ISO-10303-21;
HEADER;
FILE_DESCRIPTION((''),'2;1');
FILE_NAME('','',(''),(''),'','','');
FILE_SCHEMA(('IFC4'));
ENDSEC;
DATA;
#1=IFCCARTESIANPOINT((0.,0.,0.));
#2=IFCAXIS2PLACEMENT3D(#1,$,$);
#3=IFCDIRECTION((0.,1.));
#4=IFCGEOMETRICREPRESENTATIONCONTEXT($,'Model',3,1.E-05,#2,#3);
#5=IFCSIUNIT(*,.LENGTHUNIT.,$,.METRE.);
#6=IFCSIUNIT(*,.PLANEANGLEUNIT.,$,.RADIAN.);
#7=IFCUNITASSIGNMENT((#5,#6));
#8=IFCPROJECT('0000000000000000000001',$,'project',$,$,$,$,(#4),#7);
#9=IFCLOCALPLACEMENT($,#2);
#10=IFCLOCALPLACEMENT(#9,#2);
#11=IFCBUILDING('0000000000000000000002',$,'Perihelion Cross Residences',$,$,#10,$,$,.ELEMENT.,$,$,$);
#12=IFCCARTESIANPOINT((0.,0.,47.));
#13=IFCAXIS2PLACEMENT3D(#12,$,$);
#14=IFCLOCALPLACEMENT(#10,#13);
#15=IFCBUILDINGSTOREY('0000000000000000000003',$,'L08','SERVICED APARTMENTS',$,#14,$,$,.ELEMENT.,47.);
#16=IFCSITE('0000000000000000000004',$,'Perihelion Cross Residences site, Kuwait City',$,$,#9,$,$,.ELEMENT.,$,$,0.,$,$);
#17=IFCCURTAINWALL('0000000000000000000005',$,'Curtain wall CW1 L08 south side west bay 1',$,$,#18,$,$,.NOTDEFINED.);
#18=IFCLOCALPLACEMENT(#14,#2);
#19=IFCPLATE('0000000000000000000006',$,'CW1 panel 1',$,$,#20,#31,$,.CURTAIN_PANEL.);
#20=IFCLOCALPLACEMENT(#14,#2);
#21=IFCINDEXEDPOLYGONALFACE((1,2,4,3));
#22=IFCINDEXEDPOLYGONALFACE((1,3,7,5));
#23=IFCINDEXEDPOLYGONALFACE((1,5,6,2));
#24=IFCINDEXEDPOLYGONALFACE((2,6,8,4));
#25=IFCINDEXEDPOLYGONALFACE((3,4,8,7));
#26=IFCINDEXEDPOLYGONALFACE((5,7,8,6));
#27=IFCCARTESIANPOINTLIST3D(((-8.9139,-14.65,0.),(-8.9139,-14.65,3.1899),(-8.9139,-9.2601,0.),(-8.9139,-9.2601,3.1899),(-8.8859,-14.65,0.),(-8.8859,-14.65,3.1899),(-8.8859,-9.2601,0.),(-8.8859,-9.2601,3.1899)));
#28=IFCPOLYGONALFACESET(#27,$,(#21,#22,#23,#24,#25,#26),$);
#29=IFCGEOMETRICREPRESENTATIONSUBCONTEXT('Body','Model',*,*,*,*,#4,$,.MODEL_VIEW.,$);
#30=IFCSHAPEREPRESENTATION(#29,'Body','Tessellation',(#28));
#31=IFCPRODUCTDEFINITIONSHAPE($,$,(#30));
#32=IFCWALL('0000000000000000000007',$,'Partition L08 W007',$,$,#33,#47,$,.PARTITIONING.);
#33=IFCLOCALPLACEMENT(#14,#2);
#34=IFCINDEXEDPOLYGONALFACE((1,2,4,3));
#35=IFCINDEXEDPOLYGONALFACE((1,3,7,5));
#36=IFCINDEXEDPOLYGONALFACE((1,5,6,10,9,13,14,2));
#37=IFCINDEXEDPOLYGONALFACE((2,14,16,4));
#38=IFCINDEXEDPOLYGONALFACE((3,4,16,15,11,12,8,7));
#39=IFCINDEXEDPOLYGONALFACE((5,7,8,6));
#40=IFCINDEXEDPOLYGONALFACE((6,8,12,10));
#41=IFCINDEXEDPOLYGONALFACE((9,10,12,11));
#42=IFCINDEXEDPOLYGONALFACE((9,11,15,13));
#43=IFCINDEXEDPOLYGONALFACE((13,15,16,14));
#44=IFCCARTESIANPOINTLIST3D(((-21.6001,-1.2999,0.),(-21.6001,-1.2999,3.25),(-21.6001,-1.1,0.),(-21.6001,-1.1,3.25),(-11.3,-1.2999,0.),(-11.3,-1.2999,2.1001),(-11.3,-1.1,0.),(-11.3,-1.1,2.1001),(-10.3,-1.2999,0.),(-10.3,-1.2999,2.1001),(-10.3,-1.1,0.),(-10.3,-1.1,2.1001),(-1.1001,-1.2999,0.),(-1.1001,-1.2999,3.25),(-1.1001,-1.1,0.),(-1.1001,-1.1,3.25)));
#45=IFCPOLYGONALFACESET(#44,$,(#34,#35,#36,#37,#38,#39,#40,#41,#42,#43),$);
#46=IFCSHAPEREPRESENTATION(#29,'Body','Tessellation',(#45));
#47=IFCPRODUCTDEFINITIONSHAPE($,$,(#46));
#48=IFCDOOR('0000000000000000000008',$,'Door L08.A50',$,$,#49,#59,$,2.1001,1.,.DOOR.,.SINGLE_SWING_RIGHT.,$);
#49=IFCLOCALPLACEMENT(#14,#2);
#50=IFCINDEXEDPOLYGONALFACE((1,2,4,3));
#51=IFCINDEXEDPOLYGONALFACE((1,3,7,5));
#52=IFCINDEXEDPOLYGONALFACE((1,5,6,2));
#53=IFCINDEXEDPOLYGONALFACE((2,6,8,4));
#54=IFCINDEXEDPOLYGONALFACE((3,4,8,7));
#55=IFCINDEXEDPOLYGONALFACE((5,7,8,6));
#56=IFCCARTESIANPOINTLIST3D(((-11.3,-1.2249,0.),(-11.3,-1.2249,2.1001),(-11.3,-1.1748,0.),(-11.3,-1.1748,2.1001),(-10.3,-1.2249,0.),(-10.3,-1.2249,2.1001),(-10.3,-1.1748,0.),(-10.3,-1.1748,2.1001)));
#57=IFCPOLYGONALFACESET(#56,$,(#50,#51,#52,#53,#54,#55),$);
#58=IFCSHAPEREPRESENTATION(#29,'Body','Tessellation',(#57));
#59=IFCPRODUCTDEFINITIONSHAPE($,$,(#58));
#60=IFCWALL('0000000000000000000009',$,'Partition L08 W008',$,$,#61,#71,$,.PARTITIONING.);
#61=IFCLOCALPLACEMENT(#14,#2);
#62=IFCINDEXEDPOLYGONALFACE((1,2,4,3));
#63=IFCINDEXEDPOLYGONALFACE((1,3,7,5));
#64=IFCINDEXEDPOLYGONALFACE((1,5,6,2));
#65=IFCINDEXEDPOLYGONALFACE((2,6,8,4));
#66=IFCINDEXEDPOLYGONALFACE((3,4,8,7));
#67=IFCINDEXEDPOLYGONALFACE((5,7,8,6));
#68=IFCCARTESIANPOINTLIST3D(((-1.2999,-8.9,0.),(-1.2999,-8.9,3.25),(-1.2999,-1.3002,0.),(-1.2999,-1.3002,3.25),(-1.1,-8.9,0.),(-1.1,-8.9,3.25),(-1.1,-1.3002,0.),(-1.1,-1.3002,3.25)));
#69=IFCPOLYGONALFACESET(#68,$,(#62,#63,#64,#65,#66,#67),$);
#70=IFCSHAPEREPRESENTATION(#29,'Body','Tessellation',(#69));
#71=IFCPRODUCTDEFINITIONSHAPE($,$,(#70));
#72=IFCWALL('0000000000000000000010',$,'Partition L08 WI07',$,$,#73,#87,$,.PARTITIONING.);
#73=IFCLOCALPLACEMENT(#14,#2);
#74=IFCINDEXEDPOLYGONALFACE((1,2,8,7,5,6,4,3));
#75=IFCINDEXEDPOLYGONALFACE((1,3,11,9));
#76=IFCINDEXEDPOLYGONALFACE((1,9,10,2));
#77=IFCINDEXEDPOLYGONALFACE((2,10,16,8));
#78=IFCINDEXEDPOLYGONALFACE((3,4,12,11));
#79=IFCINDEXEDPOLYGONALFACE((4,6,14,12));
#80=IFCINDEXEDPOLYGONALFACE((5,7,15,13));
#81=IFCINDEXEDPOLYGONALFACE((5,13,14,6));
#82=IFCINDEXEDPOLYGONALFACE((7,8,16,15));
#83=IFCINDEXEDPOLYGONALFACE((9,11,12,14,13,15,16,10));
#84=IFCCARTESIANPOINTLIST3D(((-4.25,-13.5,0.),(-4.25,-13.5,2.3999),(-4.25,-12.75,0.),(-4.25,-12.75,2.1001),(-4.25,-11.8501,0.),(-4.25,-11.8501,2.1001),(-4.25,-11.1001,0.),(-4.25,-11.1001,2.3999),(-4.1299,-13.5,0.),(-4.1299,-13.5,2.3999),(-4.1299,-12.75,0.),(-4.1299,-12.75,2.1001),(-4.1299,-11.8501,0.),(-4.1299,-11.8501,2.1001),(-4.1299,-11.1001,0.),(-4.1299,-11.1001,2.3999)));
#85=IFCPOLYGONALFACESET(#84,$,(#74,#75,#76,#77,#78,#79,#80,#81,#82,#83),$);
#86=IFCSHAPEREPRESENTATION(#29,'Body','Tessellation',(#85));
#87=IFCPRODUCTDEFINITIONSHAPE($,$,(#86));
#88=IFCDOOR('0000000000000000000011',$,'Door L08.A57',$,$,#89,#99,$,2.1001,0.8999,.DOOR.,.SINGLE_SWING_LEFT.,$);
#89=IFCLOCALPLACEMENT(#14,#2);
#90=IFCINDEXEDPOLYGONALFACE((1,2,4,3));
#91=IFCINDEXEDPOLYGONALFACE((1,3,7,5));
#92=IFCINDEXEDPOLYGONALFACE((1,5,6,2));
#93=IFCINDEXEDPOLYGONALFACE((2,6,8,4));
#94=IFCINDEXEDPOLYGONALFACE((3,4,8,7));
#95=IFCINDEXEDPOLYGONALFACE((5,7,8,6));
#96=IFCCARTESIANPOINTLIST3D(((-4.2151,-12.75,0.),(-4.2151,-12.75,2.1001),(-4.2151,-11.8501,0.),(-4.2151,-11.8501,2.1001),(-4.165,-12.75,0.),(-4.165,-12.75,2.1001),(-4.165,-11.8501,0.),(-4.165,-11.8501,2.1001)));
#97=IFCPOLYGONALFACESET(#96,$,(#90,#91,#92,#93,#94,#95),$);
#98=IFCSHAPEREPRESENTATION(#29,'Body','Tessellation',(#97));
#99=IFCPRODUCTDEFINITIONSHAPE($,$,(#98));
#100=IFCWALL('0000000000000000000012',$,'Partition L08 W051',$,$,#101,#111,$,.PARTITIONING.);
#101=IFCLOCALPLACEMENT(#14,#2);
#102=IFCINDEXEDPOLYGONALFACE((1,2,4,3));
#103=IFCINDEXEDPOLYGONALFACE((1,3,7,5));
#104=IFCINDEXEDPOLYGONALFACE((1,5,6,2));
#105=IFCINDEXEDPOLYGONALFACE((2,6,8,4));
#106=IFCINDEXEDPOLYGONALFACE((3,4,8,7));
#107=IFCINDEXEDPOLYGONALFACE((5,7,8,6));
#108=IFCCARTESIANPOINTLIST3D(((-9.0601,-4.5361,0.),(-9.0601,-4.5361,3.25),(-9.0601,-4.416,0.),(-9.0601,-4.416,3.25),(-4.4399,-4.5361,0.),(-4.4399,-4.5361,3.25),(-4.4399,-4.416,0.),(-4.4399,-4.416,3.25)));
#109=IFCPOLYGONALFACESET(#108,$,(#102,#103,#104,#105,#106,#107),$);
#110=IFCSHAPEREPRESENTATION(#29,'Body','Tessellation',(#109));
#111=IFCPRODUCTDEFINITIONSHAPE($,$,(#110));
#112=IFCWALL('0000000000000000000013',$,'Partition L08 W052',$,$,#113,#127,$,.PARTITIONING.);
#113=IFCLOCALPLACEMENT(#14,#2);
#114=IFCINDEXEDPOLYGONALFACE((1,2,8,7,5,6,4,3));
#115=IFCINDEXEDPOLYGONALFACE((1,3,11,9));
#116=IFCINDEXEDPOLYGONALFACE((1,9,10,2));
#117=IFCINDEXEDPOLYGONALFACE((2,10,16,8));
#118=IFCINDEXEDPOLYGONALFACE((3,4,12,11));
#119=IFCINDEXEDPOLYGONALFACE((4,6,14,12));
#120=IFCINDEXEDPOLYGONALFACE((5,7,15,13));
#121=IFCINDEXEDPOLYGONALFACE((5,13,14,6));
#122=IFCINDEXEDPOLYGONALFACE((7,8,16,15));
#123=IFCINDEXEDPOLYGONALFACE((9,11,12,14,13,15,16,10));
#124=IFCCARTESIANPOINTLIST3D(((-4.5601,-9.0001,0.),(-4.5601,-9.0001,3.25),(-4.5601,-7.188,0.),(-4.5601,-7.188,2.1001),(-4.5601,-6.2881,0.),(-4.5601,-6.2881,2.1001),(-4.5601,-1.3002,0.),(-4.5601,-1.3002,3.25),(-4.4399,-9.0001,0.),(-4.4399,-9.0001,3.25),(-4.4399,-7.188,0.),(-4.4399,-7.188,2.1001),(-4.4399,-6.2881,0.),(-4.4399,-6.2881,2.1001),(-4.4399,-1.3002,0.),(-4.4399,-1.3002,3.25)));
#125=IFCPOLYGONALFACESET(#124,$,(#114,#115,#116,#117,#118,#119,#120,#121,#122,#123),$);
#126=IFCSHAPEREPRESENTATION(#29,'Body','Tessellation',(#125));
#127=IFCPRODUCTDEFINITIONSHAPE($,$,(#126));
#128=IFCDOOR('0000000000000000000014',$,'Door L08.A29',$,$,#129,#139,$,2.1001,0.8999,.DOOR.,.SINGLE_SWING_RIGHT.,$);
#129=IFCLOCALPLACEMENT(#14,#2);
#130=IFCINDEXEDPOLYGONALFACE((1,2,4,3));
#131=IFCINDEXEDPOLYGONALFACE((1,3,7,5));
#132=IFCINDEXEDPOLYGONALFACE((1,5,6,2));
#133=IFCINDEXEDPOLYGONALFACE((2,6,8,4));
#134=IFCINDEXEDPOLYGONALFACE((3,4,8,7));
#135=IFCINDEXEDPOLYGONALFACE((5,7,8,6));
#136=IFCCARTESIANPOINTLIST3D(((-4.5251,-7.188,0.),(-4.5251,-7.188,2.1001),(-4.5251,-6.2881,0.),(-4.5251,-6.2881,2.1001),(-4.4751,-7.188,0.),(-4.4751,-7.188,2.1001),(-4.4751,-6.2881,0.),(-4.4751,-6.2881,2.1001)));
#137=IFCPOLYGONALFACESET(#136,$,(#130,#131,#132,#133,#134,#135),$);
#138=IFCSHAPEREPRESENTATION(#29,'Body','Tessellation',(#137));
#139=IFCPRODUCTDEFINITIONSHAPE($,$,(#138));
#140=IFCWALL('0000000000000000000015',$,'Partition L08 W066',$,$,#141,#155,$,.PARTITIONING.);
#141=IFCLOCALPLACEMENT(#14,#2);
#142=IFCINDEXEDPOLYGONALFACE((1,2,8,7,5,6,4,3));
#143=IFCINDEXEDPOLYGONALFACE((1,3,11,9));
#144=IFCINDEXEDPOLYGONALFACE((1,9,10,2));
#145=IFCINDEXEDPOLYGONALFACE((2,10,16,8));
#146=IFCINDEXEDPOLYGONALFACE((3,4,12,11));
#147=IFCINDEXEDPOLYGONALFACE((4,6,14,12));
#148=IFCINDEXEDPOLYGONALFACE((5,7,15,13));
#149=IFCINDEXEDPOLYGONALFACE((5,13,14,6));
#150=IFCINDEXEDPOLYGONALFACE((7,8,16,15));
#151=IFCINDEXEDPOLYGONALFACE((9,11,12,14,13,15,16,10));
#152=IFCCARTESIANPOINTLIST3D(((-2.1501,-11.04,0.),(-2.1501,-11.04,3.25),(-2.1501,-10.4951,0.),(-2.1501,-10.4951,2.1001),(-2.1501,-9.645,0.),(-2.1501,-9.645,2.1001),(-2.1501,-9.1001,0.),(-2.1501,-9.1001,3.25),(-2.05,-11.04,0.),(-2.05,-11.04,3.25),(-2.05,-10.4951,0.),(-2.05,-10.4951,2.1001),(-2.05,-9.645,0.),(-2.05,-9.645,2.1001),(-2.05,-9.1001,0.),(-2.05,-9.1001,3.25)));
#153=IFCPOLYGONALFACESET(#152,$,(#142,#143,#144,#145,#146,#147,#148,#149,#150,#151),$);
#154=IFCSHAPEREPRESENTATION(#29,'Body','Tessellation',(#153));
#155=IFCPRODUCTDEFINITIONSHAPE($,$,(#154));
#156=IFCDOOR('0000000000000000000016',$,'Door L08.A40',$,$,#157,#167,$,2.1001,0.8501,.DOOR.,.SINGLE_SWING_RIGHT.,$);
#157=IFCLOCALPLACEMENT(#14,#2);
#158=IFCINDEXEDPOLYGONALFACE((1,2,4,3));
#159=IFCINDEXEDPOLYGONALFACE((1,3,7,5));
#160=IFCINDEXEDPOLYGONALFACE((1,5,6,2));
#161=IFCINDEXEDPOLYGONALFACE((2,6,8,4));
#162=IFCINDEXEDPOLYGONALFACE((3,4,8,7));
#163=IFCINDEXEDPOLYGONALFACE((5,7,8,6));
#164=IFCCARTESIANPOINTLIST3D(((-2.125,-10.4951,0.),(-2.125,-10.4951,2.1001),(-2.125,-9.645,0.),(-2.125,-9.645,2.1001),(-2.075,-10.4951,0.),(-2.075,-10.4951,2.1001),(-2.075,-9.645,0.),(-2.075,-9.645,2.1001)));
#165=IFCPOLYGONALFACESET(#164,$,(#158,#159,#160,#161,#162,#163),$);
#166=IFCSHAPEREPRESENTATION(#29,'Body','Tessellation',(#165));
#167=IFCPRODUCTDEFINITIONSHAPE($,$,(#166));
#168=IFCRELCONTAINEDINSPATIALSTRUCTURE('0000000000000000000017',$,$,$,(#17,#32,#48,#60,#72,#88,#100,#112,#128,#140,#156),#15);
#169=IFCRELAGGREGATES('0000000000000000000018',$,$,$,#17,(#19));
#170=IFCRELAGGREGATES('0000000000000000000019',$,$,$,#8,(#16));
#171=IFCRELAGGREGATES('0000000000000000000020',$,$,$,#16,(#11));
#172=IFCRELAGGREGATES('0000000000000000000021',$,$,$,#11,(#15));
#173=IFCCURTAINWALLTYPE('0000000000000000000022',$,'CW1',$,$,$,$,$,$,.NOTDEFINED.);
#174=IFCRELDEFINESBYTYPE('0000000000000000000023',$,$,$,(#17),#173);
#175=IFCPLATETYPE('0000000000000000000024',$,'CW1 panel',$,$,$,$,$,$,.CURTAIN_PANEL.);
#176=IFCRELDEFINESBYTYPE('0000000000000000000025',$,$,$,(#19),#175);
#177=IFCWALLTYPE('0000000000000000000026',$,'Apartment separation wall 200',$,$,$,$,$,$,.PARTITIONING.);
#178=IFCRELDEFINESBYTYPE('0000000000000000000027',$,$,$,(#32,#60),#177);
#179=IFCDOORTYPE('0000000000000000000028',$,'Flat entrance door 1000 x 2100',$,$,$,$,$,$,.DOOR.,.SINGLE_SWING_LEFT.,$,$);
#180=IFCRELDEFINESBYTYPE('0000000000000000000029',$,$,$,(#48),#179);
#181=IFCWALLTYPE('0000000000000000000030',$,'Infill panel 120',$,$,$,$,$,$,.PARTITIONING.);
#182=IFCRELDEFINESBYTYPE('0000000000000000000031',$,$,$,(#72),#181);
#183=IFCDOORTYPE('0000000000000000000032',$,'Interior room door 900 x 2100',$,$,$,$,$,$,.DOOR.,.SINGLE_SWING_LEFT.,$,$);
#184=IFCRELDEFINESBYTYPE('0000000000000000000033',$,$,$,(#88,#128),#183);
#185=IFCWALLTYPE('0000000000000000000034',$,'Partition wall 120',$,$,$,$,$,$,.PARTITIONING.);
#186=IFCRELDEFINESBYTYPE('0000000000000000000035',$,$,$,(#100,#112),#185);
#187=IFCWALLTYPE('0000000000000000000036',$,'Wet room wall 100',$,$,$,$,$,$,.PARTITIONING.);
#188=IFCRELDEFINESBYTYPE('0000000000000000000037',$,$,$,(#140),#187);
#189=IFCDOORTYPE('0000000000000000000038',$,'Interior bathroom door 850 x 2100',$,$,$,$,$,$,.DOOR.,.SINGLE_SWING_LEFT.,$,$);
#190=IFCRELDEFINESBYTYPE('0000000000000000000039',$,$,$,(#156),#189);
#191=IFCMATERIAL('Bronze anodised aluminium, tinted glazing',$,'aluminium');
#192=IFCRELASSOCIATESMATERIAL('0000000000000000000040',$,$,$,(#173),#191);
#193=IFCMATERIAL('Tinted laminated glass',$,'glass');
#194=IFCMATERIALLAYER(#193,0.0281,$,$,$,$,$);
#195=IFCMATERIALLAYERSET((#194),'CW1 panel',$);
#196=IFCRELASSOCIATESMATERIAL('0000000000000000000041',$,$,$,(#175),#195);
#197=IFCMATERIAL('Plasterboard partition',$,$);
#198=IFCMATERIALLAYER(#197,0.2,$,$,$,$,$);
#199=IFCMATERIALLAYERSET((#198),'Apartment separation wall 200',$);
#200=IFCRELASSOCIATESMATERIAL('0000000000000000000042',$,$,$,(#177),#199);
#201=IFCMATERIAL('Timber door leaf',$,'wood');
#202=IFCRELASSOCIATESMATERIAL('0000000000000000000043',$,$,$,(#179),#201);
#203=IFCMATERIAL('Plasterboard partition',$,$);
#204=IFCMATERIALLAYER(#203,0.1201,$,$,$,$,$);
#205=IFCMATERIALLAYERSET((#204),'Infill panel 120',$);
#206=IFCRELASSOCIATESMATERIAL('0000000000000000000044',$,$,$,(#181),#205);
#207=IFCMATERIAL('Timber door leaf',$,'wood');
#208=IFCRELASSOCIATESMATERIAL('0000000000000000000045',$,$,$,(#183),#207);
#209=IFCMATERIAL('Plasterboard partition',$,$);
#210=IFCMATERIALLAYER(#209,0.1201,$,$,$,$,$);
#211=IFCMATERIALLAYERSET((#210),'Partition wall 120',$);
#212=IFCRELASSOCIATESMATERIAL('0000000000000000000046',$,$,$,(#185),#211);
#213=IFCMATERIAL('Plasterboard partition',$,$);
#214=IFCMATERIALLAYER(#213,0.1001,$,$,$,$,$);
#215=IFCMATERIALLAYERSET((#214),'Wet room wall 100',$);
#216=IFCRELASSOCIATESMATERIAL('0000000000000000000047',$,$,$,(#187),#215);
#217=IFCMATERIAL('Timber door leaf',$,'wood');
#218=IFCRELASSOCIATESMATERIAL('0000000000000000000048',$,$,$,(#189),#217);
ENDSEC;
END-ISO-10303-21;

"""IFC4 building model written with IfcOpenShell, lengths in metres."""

from ifc_helpers import new_model, si_unit, direction, frame, frame_2d, origin, origin_2d, place, context, subcontext, project, spatial, rectangle, extrude, material, layer, layer_set, type_object, element, fill, aggregate, save


model = new_model("IFC4")

# Units and contexts
model_context = context("Model", 3, precision=1e-05, world=origin(), true_north=direction((0.0, 1.0)))
body_context = subcontext(model_context, "Body", "Model", "MODEL_VIEW")
ifc_project = project(units=[si_unit("LENGTHUNIT", "METRE"), si_unit("PLANEANGLEUNIT", "RADIAN")], contexts=[model_context])

# Site, building, storey
site_placement = place(None, origin())
site = spatial("IfcSite", under=ifc_project, at=site_placement, Name="Perihelion Cross Residences site, Kuwait City", CompositionType="ELEMENT", RefElevation=0.0)
building_placement = place(site_placement, origin())
building = spatial("IfcBuilding", under=site, at=building_placement, Name="Perihelion Cross Residences", CompositionType="ELEMENT")
storey_placement = place(building_placement, frame((0.0, 0.0, 47.0)))
storey = spatial("IfcBuildingStorey", under=building, at=storey_placement, Name="L08", Description="SERVICED APARTMENTS", CompositionType="ELEMENT", Elevation=47.0)

# Curtain wall
ifc_material_1 = material(Name="Bronze anodised aluminium, tinted glazing", Category="aluminium")
curtain_wall_type = type_object("IfcCurtainWallType", Name="CW1", PredefinedType="NOTDEFINED", material=ifc_material_1)
curtain_wall_placement = place(storey_placement, origin())
curtain_wall = element("IfcCurtainWall", 1, at=curtain_wall_placement, inside=storey, type_object=curtain_wall_type, Name="Curtain wall CW1 L08 south side west bay 1", PredefinedType="NOTDEFINED")

# Plate
ifc_material_2 = material(Name="Tinted laminated glass", Category="glass")
ifc_layer_1 = layer(ifc_material_2, 0.0281)
ifc_layer_set_1 = layer_set([ifc_layer_1], Name="CW1 panel")
plate_type = type_object("IfcPlateType", Name="CW1 panel", PredefinedType="CURTAIN_PANEL", material=ifc_layer_set_1)
plate_placement = place(storey_placement, frame((-8.8999, -11.9551, 0.0), z_axis=(0.0, 0.0, 1.0), x_axis=(0.0, -1.0, 0.0)))
plate = element("IfcPlate", 2, at=plate_placement, type_object=plate_type, Name="CW1 panel 1", PredefinedType="CURTAIN_PANEL", context=body_context, shape_type="SweptSolid", body=[
    extrude(rectangle(XDim=5.3899, YDim=0.0281, at=origin_2d()), origin(), (0.0, 0.0, 1.0), 3.1899),
])
aggregate(curtain_wall, [plate])

# Wall, opening, door
ifc_material_3 = material(Name="Plasterboard partition")
ifc_layer_2 = layer(ifc_material_3, 0.2)
ifc_layer_set_2 = layer_set([ifc_layer_2], Name="Apartment separation wall 200")
wall_type_1 = type_object("IfcWallType", Name="Apartment separation wall 200", PredefinedType="PARTITIONING", material=ifc_layer_set_2)
wall_1_placement = place(storey_placement, frame((-1.1001, -1.2, 0.0), z_axis=(0.0, 0.0, 1.0), x_axis=(-1.0, 0.0, 0.0)))
wall_1 = element("IfcWall", 3, at=wall_1_placement, inside=storey, type_object=wall_type_1, Name="Partition L08 W007", PredefinedType="PARTITIONING", context=body_context, shape_type="SweptSolid", body=[
    extrude(rectangle(XDim=20.5, YDim=0.2, at=frame_2d((10.25, 0.0))), origin(), (0.0, 0.0, 1.0), 3.25),
])
opening_1_placement = place(wall_1_placement, frame((9.2, 0.0, 0.0)))
opening_1 = element("IfcOpeningElement", 4, at=opening_1_placement, cuts=wall_1, PredefinedType="OPENING", context=body_context, shape_type="SweptSolid", body=[
    extrude(rectangle(XDim=1.0, YDim=2.1001, at=frame_2d((0.5, 1.05))), frame((0.0, 0.1099, 0.0), z_axis=(0.0, -1.0, 0.0), x_axis=(1.0, 0.0, 0.0)), (0.0, 0.0, 1.0), 0.22),
])
ifc_material_4 = material(Name="Timber door leaf", Category="wood")
door_type_1 = type_object("IfcDoorType", Name="Flat entrance door 1000 x 2100", OperationType="SINGLE_SWING_LEFT", PredefinedType="DOOR", material=ifc_material_4)
door_1_placement = place(opening_1_placement, origin())
door_1 = element("IfcDoor", 5, at=door_1_placement, inside=storey, type_object=door_type_1, Name="Door L08.A50", OperationType="SINGLE_SWING_RIGHT", OverallHeight=2.1001, OverallWidth=1.0, PredefinedType="DOOR", context=body_context, shape_type="SweptSolid", body=[
    extrude(rectangle(XDim=1.0, YDim=2.1001, at=frame_2d((0.5, 1.05))), frame((0.0, 0.0249, 0.0), z_axis=(0.0, -1.0, 0.0), x_axis=(1.0, 0.0, 0.0)), (0.0, 0.0, 1.0), 0.05),
])
fill(opening_1, door_1)

# Wall
wall_2_placement = place(storey_placement, frame((-1.2, -8.8999, 0.0), z_axis=(0.0, 0.0, 1.0), x_axis=(0.0, 1.0, 0.0)))
element("IfcWall", 6, at=wall_2_placement, inside=storey, type_object=wall_type_1, Name="Partition L08 W008", PredefinedType="PARTITIONING", context=body_context, shape_type="SweptSolid", body=[
    extrude(rectangle(XDim=7.5999, YDim=0.2, at=frame_2d((3.7998, 0.0))), origin(), (0.0, 0.0, 1.0), 3.25),
])

# Wall, opening, door
ifc_material_5 = material(Name="Plasterboard partition")
ifc_layer_3 = layer(ifc_material_5, 0.1201)
ifc_layer_set_3 = layer_set([ifc_layer_3], Name="Infill panel 120")
wall_type_2 = type_object("IfcWallType", Name="Infill panel 120", PredefinedType="PARTITIONING", material=ifc_layer_set_3)
wall_3_placement = place(storey_placement, frame((-4.1899, -11.1001, 0.0), z_axis=(0.0, 0.0, 1.0), x_axis=(0.0, -1.0, 0.0)))
wall_3 = element("IfcWall", 7, at=wall_3_placement, inside=storey, type_object=wall_type_2, Name="Partition L08 WI07", PredefinedType="PARTITIONING", context=body_context, shape_type="SweptSolid", body=[
    extrude(rectangle(XDim=2.3999, YDim=0.1201, at=frame_2d((1.2, 0.0))), origin(), (0.0, 0.0, 1.0), 2.3999),
])
opening_2_placement = place(wall_3_placement, frame((0.75, 0.0, 0.0)))
opening_2 = element("IfcOpeningElement", 8, at=opening_2_placement, cuts=wall_3, PredefinedType="OPENING", context=body_context, shape_type="SweptSolid", body=[
    extrude(rectangle(XDim=0.8999, YDim=2.1001, at=frame_2d((0.45, 1.05))), frame((0.0, 0.0701, 0.0), z_axis=(0.0, -1.0, 0.0), x_axis=(1.0, 0.0, 0.0)), (0.0, 0.0, 1.0), 0.1401),
])
ifc_material_6 = material(Name="Timber door leaf", Category="wood")
door_type_2 = type_object("IfcDoorType", Name="Interior room door 900 x 2100", OperationType="SINGLE_SWING_LEFT", PredefinedType="DOOR", material=ifc_material_6)
door_2_placement = place(opening_2_placement, origin())
door_2 = element("IfcDoor", 9, at=door_2_placement, inside=storey, type_object=door_type_2, Name="Door L08.A57", OperationType="SINGLE_SWING_LEFT", OverallHeight=2.1001, OverallWidth=0.8999, PredefinedType="DOOR", context=body_context, shape_type="SweptSolid", body=[
    extrude(rectangle(XDim=0.8999, YDim=2.1001, at=frame_2d((0.45, 1.05))), frame((0.0, 0.0249, 0.0), z_axis=(0.0, -1.0, 0.0), x_axis=(1.0, 0.0, 0.0)), (0.0, 0.0, 1.0), 0.05),
])
fill(opening_2, door_2)

# Wall
ifc_material_7 = material(Name="Plasterboard partition")
ifc_layer_4 = layer(ifc_material_7, 0.1201)
ifc_layer_set_4 = layer_set([ifc_layer_4], Name="Partition wall 120")
wall_type_3 = type_object("IfcWallType", Name="Partition wall 120", PredefinedType="PARTITIONING", material=ifc_layer_set_4)
wall_4_placement = place(storey_placement, frame((-4.4399, -4.4761, 0.0), z_axis=(0.0, 0.0, 1.0), x_axis=(-1.0, 0.0, 0.0)))
element("IfcWall", 10, at=wall_4_placement, inside=storey, type_object=wall_type_3, Name="Partition L08 W051", PredefinedType="PARTITIONING", context=body_context, shape_type="SweptSolid", body=[
    extrude(rectangle(XDim=4.6201, YDim=0.1201, at=frame_2d((2.3101, 0.0))), origin(), (0.0, 0.0, 1.0), 3.25),
])

# Walls, openings, doors
wall_5_placement = place(storey_placement, frame((-4.5, -1.3, 0.0), z_axis=(0.0, 0.0, 1.0), x_axis=(0.0, -1.0, 0.0)))
wall_5 = element("IfcWall", 11, at=wall_5_placement, inside=storey, type_object=wall_type_3, Name="Partition L08 W052", PredefinedType="PARTITIONING", context=body_context, shape_type="SweptSolid", body=[
    extrude(rectangle(XDim=7.7, YDim=0.1201, at=frame_2d((3.8501, 0.0))), origin(), (0.0, 0.0, 1.0), 3.25),
])
opening_3_placement = place(wall_5_placement, frame((4.988, 0.0, 0.0)))
opening_3 = element("IfcOpeningElement", 12, at=opening_3_placement, cuts=wall_5, PredefinedType="OPENING", context=body_context, shape_type="SweptSolid", body=[
    extrude(rectangle(XDim=0.8999, YDim=2.1001, at=frame_2d((0.45, 1.05))), frame((0.0, 0.0701, 0.0), z_axis=(0.0, -1.0, 0.0), x_axis=(1.0, 0.0, 0.0)), (0.0, 0.0, 1.0), 0.1401),
])
door_3_placement = place(opening_3_placement, origin())
door_3 = element("IfcDoor", 13, at=door_3_placement, inside=storey, type_object=door_type_2, Name="Door L08.A29", OperationType="SINGLE_SWING_RIGHT", OverallHeight=2.1001, OverallWidth=0.8999, PredefinedType="DOOR", context=body_context, shape_type="SweptSolid", body=[
    extrude(rectangle(XDim=0.8999, YDim=2.1001, at=frame_2d((0.45, 1.05))), frame((0.0, 0.0249, 0.0), z_axis=(0.0, -1.0, 0.0), x_axis=(1.0, 0.0, 0.0)), (0.0, 0.0, 1.0), 0.05),
])
fill(opening_3, door_3)
ifc_material_8 = material(Name="Plasterboard partition")
ifc_layer_5 = layer(ifc_material_8, 0.1001)
ifc_layer_set_5 = layer_set([ifc_layer_5], Name="Wet room wall 100")
wall_type_4 = type_object("IfcWallType", Name="Wet room wall 100", PredefinedType="PARTITIONING", material=ifc_layer_set_5)
wall_6_placement = place(storey_placement, frame((-2.1001, -11.04, 0.0), z_axis=(0.0, 0.0, 1.0), x_axis=(0.0, 1.0, 0.0)))
wall_6 = element("IfcWall", 14, at=wall_6_placement, inside=storey, type_object=wall_type_4, Name="Partition L08 W066", PredefinedType="PARTITIONING", context=body_context, shape_type="SweptSolid", body=[
    extrude(rectangle(XDim=1.9399, YDim=0.1001, at=frame_2d((0.97, 0.0))), origin(), (0.0, 0.0, 1.0), 3.25),
])
opening_4_placement = place(wall_6_placement, frame((0.5449, 0.0, 0.0)))
opening_4 = element("IfcOpeningElement", 15, at=opening_4_placement, cuts=wall_6, PredefinedType="OPENING", context=body_context, shape_type="SweptSolid", body=[
    extrude(rectangle(XDim=0.8501, YDim=2.1001, at=frame_2d((0.425, 1.05))), frame((0.0, 0.0601, 0.0), z_axis=(0.0, -1.0, 0.0), x_axis=(1.0, 0.0, 0.0)), (0.0, 0.0, 1.0), 0.1201),
])
ifc_material_9 = material(Name="Timber door leaf", Category="wood")
door_type_3 = type_object("IfcDoorType", Name="Interior bathroom door 850 x 2100", OperationType="SINGLE_SWING_LEFT", PredefinedType="DOOR", material=ifc_material_9)
door_4_placement = place(opening_4_placement, origin())
door_4 = element("IfcDoor", 16, at=door_4_placement, inside=storey, type_object=door_type_3, Name="Door L08.A40", OperationType="SINGLE_SWING_RIGHT", OverallHeight=2.1001, OverallWidth=0.8501, PredefinedType="DOOR", context=body_context, shape_type="SweptSolid", body=[
    extrude(rectangle(XDim=0.8501, YDim=2.1001, at=frame_2d((0.425, 1.05))), frame((0.0, 0.0249, 0.0), z_axis=(0.0, -1.0, 0.0), x_axis=(1.0, 0.0, 0.0)), (0.0, 0.0, 1.0), 0.05),
])
fill(opening_4, door_4)

save(model, "model.ifc")
